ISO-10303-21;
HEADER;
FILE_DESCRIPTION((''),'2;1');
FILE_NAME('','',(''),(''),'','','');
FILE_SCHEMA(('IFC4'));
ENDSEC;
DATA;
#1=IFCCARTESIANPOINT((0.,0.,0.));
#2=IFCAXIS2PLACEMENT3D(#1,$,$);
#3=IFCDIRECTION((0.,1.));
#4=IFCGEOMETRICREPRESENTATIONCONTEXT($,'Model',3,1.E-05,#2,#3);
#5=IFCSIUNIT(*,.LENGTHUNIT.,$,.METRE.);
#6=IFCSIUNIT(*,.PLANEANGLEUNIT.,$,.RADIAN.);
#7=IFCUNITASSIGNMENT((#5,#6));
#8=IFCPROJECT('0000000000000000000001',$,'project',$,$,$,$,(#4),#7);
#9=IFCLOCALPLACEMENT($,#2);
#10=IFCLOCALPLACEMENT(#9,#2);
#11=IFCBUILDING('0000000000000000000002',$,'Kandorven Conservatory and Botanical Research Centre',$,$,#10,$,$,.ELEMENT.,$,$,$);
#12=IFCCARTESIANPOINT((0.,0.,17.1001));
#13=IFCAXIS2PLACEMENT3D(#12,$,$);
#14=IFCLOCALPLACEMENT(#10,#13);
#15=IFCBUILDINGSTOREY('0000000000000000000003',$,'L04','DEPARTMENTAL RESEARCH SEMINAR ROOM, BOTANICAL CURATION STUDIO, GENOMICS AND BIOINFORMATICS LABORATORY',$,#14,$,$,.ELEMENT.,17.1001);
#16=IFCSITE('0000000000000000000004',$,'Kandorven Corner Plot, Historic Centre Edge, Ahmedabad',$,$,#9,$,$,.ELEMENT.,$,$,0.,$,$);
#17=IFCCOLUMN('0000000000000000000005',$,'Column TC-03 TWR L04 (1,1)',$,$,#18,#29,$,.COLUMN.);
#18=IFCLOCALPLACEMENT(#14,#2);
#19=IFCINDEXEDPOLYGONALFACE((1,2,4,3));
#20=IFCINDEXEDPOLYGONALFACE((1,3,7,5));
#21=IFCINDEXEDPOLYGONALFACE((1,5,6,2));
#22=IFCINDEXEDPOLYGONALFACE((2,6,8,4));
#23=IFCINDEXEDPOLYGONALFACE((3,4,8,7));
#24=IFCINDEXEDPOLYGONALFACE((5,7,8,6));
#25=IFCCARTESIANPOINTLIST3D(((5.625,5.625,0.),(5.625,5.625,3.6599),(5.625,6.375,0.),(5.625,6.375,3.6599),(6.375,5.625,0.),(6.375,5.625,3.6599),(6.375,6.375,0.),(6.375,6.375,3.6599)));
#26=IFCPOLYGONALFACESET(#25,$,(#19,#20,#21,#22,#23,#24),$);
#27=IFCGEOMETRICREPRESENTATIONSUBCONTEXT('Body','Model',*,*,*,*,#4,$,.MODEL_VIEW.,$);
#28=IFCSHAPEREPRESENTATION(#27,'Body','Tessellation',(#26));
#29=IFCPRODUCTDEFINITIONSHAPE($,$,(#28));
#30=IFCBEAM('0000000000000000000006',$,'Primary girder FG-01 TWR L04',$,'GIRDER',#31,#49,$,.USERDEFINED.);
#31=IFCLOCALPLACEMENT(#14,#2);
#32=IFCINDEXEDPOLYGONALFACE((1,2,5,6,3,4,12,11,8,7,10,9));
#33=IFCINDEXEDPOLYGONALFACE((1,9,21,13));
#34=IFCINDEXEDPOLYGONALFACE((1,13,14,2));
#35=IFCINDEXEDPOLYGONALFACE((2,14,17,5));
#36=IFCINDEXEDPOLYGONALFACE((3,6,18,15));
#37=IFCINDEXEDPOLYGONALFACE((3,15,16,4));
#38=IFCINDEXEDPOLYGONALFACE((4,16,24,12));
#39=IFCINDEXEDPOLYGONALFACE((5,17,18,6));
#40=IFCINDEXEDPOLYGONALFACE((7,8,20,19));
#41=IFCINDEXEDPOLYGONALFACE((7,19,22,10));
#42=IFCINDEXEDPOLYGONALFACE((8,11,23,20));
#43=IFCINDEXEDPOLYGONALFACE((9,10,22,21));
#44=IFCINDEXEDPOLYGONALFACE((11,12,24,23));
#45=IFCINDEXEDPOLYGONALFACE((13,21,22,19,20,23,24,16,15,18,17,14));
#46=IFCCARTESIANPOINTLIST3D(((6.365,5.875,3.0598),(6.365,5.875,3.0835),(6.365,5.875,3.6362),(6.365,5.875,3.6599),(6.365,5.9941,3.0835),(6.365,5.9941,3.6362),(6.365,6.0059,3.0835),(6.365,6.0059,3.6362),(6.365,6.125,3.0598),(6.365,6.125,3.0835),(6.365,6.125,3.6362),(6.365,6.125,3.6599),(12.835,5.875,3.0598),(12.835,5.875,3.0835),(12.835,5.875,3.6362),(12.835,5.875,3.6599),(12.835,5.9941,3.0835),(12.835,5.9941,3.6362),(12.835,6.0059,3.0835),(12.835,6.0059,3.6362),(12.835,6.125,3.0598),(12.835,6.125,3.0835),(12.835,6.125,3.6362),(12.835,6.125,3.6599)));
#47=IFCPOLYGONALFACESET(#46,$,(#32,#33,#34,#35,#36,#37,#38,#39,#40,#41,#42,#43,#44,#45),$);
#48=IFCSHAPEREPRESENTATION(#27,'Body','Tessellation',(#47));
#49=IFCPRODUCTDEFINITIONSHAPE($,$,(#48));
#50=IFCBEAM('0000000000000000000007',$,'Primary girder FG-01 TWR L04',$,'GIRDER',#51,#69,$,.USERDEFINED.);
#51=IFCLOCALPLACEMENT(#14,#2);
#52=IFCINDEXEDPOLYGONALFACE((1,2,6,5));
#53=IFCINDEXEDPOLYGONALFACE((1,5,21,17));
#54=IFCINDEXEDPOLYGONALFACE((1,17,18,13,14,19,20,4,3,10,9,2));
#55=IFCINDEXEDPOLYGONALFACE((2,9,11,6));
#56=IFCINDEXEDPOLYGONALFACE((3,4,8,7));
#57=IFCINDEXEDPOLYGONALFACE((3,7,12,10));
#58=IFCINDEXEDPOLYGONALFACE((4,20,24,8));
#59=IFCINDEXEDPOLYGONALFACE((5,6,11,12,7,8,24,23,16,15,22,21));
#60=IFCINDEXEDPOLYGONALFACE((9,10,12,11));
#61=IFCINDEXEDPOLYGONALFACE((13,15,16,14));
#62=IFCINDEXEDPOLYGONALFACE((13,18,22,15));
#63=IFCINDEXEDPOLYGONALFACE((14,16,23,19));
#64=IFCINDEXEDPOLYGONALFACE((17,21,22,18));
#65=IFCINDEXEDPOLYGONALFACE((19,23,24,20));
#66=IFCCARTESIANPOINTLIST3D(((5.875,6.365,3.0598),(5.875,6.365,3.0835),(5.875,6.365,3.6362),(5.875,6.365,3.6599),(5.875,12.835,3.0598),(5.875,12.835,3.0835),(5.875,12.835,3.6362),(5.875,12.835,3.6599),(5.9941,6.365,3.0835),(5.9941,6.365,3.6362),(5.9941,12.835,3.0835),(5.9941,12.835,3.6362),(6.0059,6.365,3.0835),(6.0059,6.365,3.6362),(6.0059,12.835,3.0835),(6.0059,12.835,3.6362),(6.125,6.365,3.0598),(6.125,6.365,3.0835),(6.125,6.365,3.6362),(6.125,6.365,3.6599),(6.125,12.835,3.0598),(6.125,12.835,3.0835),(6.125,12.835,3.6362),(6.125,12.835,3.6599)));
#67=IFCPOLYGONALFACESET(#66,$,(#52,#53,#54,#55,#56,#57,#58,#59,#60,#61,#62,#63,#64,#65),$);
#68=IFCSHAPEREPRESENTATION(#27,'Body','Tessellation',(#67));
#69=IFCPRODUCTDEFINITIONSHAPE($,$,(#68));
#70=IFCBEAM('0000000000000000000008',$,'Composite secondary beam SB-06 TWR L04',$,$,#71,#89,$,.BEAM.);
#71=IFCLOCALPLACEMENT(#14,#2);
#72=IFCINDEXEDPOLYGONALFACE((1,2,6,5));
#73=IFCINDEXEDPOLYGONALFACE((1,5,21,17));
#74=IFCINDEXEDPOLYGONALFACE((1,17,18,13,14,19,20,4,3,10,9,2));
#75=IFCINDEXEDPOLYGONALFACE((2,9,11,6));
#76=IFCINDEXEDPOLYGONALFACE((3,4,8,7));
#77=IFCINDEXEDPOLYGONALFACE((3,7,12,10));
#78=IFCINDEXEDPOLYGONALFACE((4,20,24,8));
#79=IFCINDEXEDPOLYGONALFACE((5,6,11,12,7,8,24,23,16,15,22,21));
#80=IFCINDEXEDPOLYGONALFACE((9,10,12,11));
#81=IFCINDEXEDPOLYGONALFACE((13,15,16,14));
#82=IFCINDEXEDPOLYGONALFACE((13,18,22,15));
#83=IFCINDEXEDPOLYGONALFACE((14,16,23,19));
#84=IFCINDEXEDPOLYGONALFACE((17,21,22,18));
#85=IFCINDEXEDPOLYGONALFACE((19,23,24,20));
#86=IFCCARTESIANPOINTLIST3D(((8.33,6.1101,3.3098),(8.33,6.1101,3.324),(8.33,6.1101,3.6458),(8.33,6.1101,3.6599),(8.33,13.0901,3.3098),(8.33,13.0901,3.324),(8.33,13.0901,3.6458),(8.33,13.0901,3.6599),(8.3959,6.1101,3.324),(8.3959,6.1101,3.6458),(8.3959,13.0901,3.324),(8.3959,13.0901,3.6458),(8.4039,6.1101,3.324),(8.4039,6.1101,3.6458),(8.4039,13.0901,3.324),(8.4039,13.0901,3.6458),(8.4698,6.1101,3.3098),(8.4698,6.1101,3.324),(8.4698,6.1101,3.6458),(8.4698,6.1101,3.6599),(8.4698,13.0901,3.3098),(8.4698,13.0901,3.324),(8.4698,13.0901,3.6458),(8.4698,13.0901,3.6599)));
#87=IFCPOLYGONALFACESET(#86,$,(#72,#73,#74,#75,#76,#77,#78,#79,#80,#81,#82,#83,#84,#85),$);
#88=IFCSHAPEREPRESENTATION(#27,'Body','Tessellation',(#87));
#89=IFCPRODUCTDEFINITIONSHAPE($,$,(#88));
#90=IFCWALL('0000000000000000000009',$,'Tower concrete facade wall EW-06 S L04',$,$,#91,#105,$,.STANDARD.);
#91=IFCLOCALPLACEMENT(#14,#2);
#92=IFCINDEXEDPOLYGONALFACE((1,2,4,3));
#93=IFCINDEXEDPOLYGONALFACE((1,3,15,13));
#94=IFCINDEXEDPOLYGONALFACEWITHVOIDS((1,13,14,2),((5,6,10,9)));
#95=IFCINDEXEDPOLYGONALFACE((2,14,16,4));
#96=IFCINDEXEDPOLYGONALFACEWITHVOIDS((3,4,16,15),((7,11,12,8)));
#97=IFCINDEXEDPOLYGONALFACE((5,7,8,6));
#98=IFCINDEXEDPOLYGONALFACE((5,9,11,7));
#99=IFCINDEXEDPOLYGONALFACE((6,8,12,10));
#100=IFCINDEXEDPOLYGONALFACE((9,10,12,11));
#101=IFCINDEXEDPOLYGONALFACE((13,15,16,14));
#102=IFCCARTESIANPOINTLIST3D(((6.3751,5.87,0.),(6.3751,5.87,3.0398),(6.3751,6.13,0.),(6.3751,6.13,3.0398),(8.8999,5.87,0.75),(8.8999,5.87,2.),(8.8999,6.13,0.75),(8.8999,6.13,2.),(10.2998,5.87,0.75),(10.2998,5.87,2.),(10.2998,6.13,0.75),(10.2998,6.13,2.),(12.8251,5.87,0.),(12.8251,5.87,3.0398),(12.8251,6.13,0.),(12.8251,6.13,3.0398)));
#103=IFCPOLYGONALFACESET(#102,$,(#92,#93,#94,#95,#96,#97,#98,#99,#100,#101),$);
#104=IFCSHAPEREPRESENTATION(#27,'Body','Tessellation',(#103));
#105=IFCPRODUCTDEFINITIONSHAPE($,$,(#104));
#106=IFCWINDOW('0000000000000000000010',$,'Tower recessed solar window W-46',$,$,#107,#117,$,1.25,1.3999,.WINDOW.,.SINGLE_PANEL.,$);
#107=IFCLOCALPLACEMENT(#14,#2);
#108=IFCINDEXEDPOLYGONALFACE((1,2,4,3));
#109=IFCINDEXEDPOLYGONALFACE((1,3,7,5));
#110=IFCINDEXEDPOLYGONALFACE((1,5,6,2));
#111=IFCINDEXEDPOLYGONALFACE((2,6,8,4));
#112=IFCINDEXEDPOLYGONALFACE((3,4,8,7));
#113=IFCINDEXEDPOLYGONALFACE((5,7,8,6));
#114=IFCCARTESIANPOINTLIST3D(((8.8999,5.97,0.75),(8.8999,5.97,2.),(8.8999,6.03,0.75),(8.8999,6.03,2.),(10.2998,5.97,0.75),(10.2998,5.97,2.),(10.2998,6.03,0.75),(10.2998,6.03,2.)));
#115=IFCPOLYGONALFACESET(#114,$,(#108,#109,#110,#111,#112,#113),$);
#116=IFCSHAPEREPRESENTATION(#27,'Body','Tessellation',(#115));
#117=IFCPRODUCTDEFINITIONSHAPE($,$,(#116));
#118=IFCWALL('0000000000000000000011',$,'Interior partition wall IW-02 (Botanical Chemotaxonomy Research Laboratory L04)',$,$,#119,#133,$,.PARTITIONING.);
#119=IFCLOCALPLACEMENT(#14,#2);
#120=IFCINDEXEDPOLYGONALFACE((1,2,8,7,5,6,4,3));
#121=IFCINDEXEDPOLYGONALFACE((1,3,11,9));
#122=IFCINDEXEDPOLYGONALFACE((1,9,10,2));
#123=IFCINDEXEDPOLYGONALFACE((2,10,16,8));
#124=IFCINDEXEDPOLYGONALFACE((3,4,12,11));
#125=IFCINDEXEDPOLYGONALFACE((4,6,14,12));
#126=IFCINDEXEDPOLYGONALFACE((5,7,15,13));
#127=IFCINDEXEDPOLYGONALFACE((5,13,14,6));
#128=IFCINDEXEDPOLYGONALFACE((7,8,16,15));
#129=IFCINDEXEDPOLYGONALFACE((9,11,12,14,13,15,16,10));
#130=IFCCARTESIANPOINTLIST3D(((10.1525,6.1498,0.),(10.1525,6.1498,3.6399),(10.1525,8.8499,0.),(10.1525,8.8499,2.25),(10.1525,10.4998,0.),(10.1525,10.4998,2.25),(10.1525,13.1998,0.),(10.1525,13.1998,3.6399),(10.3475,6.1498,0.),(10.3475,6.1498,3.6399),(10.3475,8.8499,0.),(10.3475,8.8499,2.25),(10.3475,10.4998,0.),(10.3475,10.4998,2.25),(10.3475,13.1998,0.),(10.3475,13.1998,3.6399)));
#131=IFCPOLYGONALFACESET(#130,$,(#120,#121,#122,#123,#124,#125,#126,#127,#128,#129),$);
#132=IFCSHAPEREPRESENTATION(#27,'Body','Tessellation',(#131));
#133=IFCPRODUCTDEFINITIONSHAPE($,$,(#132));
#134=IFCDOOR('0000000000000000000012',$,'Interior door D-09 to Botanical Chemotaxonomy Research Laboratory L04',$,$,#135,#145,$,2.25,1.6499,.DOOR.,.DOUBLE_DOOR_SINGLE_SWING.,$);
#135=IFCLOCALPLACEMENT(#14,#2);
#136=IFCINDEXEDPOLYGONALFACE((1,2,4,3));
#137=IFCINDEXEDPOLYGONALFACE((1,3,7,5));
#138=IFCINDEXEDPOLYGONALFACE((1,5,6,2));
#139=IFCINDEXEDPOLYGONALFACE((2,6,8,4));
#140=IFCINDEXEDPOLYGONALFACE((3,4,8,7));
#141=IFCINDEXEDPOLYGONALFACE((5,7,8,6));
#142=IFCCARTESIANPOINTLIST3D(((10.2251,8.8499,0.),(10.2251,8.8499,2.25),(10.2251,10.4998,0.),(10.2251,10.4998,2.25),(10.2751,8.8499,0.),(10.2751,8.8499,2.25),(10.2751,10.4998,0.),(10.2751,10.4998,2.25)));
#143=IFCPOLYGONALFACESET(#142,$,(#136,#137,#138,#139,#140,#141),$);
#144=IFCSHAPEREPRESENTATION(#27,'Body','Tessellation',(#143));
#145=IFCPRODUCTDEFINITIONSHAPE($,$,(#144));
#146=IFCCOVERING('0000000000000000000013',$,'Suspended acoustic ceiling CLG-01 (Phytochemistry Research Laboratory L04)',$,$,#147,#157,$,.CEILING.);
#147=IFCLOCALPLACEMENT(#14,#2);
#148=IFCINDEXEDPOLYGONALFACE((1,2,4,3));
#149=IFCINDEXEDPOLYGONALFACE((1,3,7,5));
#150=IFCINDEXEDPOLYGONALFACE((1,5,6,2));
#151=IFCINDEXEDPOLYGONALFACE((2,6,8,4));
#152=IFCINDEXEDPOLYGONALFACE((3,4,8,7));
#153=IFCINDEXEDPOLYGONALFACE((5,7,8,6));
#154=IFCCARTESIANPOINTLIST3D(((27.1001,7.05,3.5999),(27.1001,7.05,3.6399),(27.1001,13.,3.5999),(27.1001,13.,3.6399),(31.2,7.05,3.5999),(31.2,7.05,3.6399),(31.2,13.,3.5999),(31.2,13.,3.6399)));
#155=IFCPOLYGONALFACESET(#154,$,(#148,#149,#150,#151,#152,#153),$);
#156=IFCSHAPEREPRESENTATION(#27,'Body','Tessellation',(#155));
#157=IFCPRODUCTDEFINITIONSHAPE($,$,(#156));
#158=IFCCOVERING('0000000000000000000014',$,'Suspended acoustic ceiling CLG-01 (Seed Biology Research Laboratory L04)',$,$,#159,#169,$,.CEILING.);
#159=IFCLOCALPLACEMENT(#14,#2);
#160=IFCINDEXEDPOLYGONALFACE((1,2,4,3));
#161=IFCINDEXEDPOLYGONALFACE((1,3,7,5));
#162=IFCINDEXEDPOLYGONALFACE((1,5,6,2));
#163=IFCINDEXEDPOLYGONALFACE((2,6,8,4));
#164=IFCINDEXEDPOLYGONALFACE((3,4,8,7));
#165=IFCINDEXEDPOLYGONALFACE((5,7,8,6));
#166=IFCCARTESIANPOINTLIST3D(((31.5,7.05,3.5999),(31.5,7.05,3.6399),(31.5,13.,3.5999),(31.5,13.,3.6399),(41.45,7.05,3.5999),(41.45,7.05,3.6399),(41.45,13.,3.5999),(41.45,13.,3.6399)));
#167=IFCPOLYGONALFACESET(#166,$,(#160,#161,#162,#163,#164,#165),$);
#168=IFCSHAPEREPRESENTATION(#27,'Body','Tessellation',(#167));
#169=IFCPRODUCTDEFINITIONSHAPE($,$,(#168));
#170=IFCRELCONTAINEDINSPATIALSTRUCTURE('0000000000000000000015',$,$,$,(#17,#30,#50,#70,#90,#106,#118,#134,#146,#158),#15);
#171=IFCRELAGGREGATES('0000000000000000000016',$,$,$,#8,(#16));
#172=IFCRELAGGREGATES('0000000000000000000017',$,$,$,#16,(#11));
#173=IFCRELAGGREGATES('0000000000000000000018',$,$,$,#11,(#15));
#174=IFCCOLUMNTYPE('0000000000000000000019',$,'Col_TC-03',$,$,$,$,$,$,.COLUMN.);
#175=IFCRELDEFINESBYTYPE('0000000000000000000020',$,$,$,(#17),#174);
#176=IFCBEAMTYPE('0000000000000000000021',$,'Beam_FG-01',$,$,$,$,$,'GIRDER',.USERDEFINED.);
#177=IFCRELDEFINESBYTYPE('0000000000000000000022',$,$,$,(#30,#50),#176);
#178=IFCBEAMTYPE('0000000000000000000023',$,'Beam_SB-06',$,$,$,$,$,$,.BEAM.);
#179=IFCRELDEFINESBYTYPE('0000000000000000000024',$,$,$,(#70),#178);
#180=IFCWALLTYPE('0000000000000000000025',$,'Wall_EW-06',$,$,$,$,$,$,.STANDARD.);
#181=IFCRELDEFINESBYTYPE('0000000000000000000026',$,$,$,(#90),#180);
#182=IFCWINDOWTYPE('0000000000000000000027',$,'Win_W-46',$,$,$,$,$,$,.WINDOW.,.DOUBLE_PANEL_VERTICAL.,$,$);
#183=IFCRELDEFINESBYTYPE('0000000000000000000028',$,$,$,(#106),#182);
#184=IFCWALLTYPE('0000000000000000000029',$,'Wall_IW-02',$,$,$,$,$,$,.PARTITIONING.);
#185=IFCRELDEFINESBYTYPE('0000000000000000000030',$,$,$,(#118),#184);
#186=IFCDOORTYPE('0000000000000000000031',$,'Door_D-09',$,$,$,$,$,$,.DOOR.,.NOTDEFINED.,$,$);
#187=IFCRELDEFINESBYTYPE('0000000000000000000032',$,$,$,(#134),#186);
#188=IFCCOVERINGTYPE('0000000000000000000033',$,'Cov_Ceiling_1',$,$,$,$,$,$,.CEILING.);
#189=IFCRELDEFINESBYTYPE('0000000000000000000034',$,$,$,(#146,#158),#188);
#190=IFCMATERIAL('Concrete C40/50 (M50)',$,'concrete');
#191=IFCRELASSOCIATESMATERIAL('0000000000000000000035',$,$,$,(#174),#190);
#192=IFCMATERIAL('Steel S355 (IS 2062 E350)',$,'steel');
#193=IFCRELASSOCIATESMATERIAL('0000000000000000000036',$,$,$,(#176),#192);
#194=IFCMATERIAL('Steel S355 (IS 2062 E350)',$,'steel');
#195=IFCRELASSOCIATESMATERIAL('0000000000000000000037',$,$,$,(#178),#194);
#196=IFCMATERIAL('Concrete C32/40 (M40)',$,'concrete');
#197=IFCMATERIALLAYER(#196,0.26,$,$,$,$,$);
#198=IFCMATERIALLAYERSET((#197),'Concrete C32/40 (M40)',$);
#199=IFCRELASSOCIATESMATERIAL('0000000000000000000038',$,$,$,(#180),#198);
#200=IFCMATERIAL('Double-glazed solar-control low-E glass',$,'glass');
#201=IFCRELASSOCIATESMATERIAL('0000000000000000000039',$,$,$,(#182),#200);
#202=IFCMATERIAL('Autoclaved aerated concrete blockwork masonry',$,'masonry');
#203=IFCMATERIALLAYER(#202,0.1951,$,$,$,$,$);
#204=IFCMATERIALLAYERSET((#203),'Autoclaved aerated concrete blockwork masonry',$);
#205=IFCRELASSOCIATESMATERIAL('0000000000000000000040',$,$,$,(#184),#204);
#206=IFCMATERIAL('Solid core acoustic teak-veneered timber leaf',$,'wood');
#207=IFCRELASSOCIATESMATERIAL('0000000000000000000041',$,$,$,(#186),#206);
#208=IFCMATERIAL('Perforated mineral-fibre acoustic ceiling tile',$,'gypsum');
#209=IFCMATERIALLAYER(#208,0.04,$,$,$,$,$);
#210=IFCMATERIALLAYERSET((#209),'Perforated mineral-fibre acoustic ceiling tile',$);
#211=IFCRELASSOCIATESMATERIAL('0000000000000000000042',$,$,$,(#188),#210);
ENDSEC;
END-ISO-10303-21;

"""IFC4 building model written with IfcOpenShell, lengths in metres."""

from ifc_helpers import new_model, si_unit, direction, frame, frame_2d, origin, origin_2d, place, context, subcontext, project, spatial, polyline, rectangle, i_section, outline, extrude, material, layer, layer_set, material_profile, profile_set, type_object, element, fill, save


model = new_model("IFC4")

# Units and contexts
model_context = context("Model", 3, precision=1e-05, world=origin(), true_north=direction((0.0, 1.0)))
body_context = subcontext(model_context, "Body", "Model", "MODEL_VIEW")
ifc_project = project(units=[si_unit("LENGTHUNIT", "METRE"), si_unit("PLANEANGLEUNIT", "RADIAN")], contexts=[model_context])

# Site, building, storey
site_placement = place(None, origin())
site = spatial("IfcSite", under=ifc_project, at=site_placement, Name="Kandorven Corner Plot, Historic Centre Edge, Ahmedabad", CompositionType="ELEMENT", RefElevation=0.0)
building_placement = place(site_placement, origin())
building = spatial("IfcBuilding", under=site, at=building_placement, Name="Kandorven Conservatory and Botanical Research Centre", CompositionType="ELEMENT")
storey_placement = place(building_placement, frame((0.0, 0.0, 17.1001)))
storey = spatial("IfcBuildingStorey", under=building, at=storey_placement, Name="L04", Description="DEPARTMENTAL RESEARCH SEMINAR ROOM, BOTANICAL CURATION STUDIO, GENOMICS AND BIOINFORMATICS LABORATORY", CompositionType="ELEMENT", Elevation=17.1001)

# Column
ifc_material_1 = material(Name="Concrete C40/50 (M50)", Category="concrete")
ifc_material_profile_1 = material_profile(ifc_material_1, rectangle(XDim=0.75, YDim=0.75, at=origin_2d()))
ifc_profile_set_1 = profile_set([ifc_material_profile_1], Name="Concrete C40/50 (M50)")
column_type = type_object("IfcColumnType", Name="Col_TC-03", PredefinedType="COLUMN", material=ifc_profile_set_1)
column_placement = place(storey_placement, frame((6.0, 6.0, 0.0), z_axis=(0.0, 0.0, 1.0), x_axis=(1.0, 0.0, 0.0)))
element("IfcColumn", 1, at=column_placement, inside=storey, type_object=column_type, Name="Column TC-03 TWR L04 (1,1)", PredefinedType="COLUMN", context=body_context, shape_type="SweptSolid", body=[
    extrude(rectangle(XDim=0.75, YDim=0.75, at=origin_2d()), origin(), (0.0, 0.0, 1.0), 3.6599),
])

# Beams
ifc_material_2 = material(Name="Steel S355 (IS 2062 E350)", Category="steel")
ifc_material_profile_2 = material_profile(ifc_material_2, i_section(OverallWidth=0.25, OverallDepth=0.6001, WebThickness=0.0117, FlangeThickness=0.0237, at=origin_2d()))
ifc_profile_set_2 = profile_set([ifc_material_profile_2], Name="Steel S355 (IS 2062 E350)")
beam_type_1 = type_object("IfcBeamType", Name="Beam_FG-01", ElementType="GIRDER", PredefinedType="USERDEFINED", material=ifc_profile_set_2)
for number, where, z_axis, x_axis, name in (
    (2, (6.365, 6.0, 3.3599), (1.0, 0.0, 0.0), (0.0, 1.0, 0.0), "Primary girder FG-01 TWR L04"),
    (3, (6.0, 6.365, 3.3599), (0.0, 1.0, 0.0), (-1.0, 0.0, 0.0), "Primary girder FG-01 TWR L04"),
):
    element("IfcBeam", number, at=place(storey_placement, frame(where, z_axis=z_axis, x_axis=x_axis)), inside=storey, type_object=beam_type_1, Name=name, ObjectType="GIRDER", PredefinedType="USERDEFINED", context=body_context, shape_type="SweptSolid", body=[
        extrude(i_section(OverallWidth=0.25, OverallDepth=0.6001, WebThickness=0.0117, FlangeThickness=0.0237, at=origin_2d()), origin(), (0.0, 0.0, 1.0), 6.47),
    ])
ifc_material_3 = material(Name="Steel S355 (IS 2062 E350)", Category="steel")
ifc_material_profile_3 = material_profile(ifc_material_3, i_section(OverallWidth=0.1399, OverallDepth=0.3501, WebThickness=0.0081, FlangeThickness=0.0142, at=origin_2d()))
ifc_profile_set_3 = profile_set([ifc_material_profile_3], Name="Steel S355 (IS 2062 E350)")
beam_type_2 = type_object("IfcBeamType", Name="Beam_SB-06", PredefinedType="BEAM", material=ifc_profile_set_3)
beam_placement = place(storey_placement, frame((8.3999, 6.1101, 3.4849), z_axis=(0.0, 1.0, 0.0), x_axis=(-1.0, 0.0, 0.0)))
element("IfcBeam", 4, at=beam_placement, inside=storey, type_object=beam_type_2, Name="Composite secondary beam SB-06 TWR L04", PredefinedType="BEAM", context=body_context, shape_type="SweptSolid", body=[
    extrude(i_section(OverallWidth=0.1399, OverallDepth=0.3501, WebThickness=0.0081, FlangeThickness=0.0142, at=origin_2d()), origin(), (0.0, 0.0, 1.0), 6.98),
])

# Wall, opening, window
ifc_material_4 = material(Name="Concrete C32/40 (M40)", Category="concrete")
ifc_layer_1 = layer(ifc_material_4, 0.26)
ifc_layer_set_1 = layer_set([ifc_layer_1], Name="Concrete C32/40 (M40)")
wall_type_1 = type_object("IfcWallType", Name="Wall_EW-06", PredefinedType="STANDARD", material=ifc_layer_set_1)
wall_1_placement = place(storey_placement, frame((6.375, 6.0, 0.0), z_axis=(0.0, 0.0, 1.0), x_axis=(1.0, 0.0, 0.0)))
wall_1 = element("IfcWall", 5, at=wall_1_placement, inside=storey, type_object=wall_type_1, Name="Tower concrete facade wall EW-06 S L04", PredefinedType="STANDARD", context=body_context, shape_type="SweptSolid", body=[
    extrude(rectangle(XDim=6.45, YDim=0.26, at=frame_2d((3.2251, 0.0))), origin(), (0.0, 0.0, 1.0), 3.0398),
])
opening_1_placement = place(wall_1_placement, frame((2.5249, 0.0, 0.75)))
opening_1 = element("IfcOpeningElement", 6, at=opening_1_placement, cuts=wall_1, PredefinedType="OPENING", context=body_context, shape_type="SweptSolid", body=[
    extrude(rectangle(XDim=1.3999, YDim=1.25, at=frame_2d((0.7, 0.625))), frame((0.0, 0.1399, 0.0), z_axis=(0.0, -1.0, 0.0), x_axis=(1.0, 0.0, 0.0)), (0.0, 0.0, 1.0), 0.28),
])
ifc_material_5 = material(Name="Double-glazed solar-control low-E glass", Category="glass")
window_type = type_object("IfcWindowType", Name="Win_W-46", PartitioningType="DOUBLE_PANEL_VERTICAL", PredefinedType="WINDOW", material=ifc_material_5)
window_placement = place(opening_1_placement, origin())
window = element("IfcWindow", 7, at=window_placement, inside=storey, type_object=window_type, Name="Tower recessed solar window W-46", OverallHeight=1.25, OverallWidth=1.3999, PartitioningType="SINGLE_PANEL", PredefinedType="WINDOW", context=body_context, shape_type="SweptSolid", body=[
    extrude(rectangle(XDim=1.3999, YDim=1.25, at=frame_2d((0.7, 0.625))), frame((0.0, 0.03, 0.0), z_axis=(0.0, -1.0, 0.0), x_axis=(1.0, 0.0, 0.0)), (0.0, 0.0, 1.0), 0.0601),
])
fill(opening_1, window)

# Wall, opening, door
ifc_material_6 = material(Name="Autoclaved aerated concrete blockwork masonry", Category="masonry")
ifc_layer_2 = layer(ifc_material_6, 0.1951)
ifc_layer_set_2 = layer_set([ifc_layer_2], Name="Autoclaved aerated concrete blockwork masonry")
wall_type_2 = type_object("IfcWallType", Name="Wall_IW-02", PredefinedType="PARTITIONING", material=ifc_layer_set_2)
wall_2_placement = place(storey_placement, frame((10.25, 6.1499, 0.0), z_axis=(0.0, 0.0, 1.0), x_axis=(0.0, 1.0, 0.0)))
wall_2 = element("IfcWall", 8, at=wall_2_placement, inside=storey, type_object=wall_type_2, Name="Interior partition wall IW-02 (Botanical Chemotaxonomy Research Laboratory L04)", PredefinedType="PARTITIONING", context=body_context, shape_type="SweptSolid", body=[
    extrude(rectangle(XDim=7.05, YDim=0.1951, at=frame_2d((3.5249, 0.0))), origin(), (0.0, 0.0, 1.0), 3.6399),
])
opening_2_placement = place(wall_2_placement, frame((2.7, 0.0, 0.0)))
opening_2 = element("IfcOpeningElement", 9, at=opening_2_placement, cuts=wall_2, PredefinedType="OPENING", context=body_context, shape_type="SweptSolid", body=[
    extrude(rectangle(XDim=1.6499, YDim=2.25, at=frame_2d((0.825, 1.125))), frame((0.0, 0.1074, 0.0), z_axis=(0.0, -1.0, 0.0), x_axis=(1.0, 0.0, 0.0)), (0.0, 0.0, 1.0), 0.2151),
])
ifc_material_7 = material(Name="Solid core acoustic teak-veneered timber leaf", Category="wood")
door_type = type_object("IfcDoorType", Name="Door_D-09", OperationType="NOTDEFINED", PredefinedType="DOOR", material=ifc_material_7)
door_placement = place(opening_2_placement, origin())
door = element("IfcDoor", 10, at=door_placement, inside=storey, type_object=door_type, Name="Interior door D-09 to Botanical Chemotaxonomy Research Laboratory L04", OperationType="DOUBLE_DOOR_SINGLE_SWING", OverallHeight=2.25, OverallWidth=1.6499, PredefinedType="DOOR", context=body_context, shape_type="SweptSolid", body=[
    extrude(rectangle(XDim=1.6499, YDim=2.25, at=frame_2d((0.825, 1.125))), frame((0.0, 0.0249, 0.0), z_axis=(0.0, -1.0, 0.0), x_axis=(1.0, 0.0, 0.0)), (0.0, 0.0, 1.0), 0.05),
])
fill(opening_2, door)

# Coverings
ifc_material_8 = material(Name="Perforated mineral-fibre acoustic ceiling tile", Category="gypsum")
ifc_layer_3 = layer(ifc_material_8, 0.04)
ifc_layer_set_3 = layer_set([ifc_layer_3], Name="Perforated mineral-fibre acoustic ceiling tile")
covering_type_1 = type_object("IfcCoveringType", Name="Cov_Ceiling_1", PredefinedType="CEILING", material=ifc_layer_set_3)
covering_1_placement = place(storey_placement, frame((0.0, 0.0, 3.5999)))
element("IfcCovering", 11, at=covering_1_placement, inside=storey, type_object=covering_type_1, Name="Suspended acoustic ceiling CLG-01 (Phytochemistry Research Laboratory L04)", PredefinedType="CEILING", context=body_context, shape_type="SweptSolid", body=[
    extrude(outline(polyline([(27.1001, 7.05), (31.2, 7.05), (31.2, 13.0), (27.1001, 13.0), (27.1001, 7.05)])), origin(), (0.0, 0.0, 1.0), 0.04),
])
covering_2_placement = place(storey_placement, frame((0.0, 0.0, 3.5999)))
element("IfcCovering", 12, at=covering_2_placement, inside=storey, type_object=covering_type_1, Name="Suspended acoustic ceiling CLG-01 (Seed Biology Research Laboratory L04)", PredefinedType="CEILING", context=body_context, shape_type="SweptSolid", body=[
    extrude(outline(polyline([(31.5, 7.05), (41.45, 7.05), (41.45, 13.0), (31.5, 13.0), (31.5, 7.05)])), origin(), (0.0, 0.0, 1.0), 0.04),
])

save(model, "model.ifc")
